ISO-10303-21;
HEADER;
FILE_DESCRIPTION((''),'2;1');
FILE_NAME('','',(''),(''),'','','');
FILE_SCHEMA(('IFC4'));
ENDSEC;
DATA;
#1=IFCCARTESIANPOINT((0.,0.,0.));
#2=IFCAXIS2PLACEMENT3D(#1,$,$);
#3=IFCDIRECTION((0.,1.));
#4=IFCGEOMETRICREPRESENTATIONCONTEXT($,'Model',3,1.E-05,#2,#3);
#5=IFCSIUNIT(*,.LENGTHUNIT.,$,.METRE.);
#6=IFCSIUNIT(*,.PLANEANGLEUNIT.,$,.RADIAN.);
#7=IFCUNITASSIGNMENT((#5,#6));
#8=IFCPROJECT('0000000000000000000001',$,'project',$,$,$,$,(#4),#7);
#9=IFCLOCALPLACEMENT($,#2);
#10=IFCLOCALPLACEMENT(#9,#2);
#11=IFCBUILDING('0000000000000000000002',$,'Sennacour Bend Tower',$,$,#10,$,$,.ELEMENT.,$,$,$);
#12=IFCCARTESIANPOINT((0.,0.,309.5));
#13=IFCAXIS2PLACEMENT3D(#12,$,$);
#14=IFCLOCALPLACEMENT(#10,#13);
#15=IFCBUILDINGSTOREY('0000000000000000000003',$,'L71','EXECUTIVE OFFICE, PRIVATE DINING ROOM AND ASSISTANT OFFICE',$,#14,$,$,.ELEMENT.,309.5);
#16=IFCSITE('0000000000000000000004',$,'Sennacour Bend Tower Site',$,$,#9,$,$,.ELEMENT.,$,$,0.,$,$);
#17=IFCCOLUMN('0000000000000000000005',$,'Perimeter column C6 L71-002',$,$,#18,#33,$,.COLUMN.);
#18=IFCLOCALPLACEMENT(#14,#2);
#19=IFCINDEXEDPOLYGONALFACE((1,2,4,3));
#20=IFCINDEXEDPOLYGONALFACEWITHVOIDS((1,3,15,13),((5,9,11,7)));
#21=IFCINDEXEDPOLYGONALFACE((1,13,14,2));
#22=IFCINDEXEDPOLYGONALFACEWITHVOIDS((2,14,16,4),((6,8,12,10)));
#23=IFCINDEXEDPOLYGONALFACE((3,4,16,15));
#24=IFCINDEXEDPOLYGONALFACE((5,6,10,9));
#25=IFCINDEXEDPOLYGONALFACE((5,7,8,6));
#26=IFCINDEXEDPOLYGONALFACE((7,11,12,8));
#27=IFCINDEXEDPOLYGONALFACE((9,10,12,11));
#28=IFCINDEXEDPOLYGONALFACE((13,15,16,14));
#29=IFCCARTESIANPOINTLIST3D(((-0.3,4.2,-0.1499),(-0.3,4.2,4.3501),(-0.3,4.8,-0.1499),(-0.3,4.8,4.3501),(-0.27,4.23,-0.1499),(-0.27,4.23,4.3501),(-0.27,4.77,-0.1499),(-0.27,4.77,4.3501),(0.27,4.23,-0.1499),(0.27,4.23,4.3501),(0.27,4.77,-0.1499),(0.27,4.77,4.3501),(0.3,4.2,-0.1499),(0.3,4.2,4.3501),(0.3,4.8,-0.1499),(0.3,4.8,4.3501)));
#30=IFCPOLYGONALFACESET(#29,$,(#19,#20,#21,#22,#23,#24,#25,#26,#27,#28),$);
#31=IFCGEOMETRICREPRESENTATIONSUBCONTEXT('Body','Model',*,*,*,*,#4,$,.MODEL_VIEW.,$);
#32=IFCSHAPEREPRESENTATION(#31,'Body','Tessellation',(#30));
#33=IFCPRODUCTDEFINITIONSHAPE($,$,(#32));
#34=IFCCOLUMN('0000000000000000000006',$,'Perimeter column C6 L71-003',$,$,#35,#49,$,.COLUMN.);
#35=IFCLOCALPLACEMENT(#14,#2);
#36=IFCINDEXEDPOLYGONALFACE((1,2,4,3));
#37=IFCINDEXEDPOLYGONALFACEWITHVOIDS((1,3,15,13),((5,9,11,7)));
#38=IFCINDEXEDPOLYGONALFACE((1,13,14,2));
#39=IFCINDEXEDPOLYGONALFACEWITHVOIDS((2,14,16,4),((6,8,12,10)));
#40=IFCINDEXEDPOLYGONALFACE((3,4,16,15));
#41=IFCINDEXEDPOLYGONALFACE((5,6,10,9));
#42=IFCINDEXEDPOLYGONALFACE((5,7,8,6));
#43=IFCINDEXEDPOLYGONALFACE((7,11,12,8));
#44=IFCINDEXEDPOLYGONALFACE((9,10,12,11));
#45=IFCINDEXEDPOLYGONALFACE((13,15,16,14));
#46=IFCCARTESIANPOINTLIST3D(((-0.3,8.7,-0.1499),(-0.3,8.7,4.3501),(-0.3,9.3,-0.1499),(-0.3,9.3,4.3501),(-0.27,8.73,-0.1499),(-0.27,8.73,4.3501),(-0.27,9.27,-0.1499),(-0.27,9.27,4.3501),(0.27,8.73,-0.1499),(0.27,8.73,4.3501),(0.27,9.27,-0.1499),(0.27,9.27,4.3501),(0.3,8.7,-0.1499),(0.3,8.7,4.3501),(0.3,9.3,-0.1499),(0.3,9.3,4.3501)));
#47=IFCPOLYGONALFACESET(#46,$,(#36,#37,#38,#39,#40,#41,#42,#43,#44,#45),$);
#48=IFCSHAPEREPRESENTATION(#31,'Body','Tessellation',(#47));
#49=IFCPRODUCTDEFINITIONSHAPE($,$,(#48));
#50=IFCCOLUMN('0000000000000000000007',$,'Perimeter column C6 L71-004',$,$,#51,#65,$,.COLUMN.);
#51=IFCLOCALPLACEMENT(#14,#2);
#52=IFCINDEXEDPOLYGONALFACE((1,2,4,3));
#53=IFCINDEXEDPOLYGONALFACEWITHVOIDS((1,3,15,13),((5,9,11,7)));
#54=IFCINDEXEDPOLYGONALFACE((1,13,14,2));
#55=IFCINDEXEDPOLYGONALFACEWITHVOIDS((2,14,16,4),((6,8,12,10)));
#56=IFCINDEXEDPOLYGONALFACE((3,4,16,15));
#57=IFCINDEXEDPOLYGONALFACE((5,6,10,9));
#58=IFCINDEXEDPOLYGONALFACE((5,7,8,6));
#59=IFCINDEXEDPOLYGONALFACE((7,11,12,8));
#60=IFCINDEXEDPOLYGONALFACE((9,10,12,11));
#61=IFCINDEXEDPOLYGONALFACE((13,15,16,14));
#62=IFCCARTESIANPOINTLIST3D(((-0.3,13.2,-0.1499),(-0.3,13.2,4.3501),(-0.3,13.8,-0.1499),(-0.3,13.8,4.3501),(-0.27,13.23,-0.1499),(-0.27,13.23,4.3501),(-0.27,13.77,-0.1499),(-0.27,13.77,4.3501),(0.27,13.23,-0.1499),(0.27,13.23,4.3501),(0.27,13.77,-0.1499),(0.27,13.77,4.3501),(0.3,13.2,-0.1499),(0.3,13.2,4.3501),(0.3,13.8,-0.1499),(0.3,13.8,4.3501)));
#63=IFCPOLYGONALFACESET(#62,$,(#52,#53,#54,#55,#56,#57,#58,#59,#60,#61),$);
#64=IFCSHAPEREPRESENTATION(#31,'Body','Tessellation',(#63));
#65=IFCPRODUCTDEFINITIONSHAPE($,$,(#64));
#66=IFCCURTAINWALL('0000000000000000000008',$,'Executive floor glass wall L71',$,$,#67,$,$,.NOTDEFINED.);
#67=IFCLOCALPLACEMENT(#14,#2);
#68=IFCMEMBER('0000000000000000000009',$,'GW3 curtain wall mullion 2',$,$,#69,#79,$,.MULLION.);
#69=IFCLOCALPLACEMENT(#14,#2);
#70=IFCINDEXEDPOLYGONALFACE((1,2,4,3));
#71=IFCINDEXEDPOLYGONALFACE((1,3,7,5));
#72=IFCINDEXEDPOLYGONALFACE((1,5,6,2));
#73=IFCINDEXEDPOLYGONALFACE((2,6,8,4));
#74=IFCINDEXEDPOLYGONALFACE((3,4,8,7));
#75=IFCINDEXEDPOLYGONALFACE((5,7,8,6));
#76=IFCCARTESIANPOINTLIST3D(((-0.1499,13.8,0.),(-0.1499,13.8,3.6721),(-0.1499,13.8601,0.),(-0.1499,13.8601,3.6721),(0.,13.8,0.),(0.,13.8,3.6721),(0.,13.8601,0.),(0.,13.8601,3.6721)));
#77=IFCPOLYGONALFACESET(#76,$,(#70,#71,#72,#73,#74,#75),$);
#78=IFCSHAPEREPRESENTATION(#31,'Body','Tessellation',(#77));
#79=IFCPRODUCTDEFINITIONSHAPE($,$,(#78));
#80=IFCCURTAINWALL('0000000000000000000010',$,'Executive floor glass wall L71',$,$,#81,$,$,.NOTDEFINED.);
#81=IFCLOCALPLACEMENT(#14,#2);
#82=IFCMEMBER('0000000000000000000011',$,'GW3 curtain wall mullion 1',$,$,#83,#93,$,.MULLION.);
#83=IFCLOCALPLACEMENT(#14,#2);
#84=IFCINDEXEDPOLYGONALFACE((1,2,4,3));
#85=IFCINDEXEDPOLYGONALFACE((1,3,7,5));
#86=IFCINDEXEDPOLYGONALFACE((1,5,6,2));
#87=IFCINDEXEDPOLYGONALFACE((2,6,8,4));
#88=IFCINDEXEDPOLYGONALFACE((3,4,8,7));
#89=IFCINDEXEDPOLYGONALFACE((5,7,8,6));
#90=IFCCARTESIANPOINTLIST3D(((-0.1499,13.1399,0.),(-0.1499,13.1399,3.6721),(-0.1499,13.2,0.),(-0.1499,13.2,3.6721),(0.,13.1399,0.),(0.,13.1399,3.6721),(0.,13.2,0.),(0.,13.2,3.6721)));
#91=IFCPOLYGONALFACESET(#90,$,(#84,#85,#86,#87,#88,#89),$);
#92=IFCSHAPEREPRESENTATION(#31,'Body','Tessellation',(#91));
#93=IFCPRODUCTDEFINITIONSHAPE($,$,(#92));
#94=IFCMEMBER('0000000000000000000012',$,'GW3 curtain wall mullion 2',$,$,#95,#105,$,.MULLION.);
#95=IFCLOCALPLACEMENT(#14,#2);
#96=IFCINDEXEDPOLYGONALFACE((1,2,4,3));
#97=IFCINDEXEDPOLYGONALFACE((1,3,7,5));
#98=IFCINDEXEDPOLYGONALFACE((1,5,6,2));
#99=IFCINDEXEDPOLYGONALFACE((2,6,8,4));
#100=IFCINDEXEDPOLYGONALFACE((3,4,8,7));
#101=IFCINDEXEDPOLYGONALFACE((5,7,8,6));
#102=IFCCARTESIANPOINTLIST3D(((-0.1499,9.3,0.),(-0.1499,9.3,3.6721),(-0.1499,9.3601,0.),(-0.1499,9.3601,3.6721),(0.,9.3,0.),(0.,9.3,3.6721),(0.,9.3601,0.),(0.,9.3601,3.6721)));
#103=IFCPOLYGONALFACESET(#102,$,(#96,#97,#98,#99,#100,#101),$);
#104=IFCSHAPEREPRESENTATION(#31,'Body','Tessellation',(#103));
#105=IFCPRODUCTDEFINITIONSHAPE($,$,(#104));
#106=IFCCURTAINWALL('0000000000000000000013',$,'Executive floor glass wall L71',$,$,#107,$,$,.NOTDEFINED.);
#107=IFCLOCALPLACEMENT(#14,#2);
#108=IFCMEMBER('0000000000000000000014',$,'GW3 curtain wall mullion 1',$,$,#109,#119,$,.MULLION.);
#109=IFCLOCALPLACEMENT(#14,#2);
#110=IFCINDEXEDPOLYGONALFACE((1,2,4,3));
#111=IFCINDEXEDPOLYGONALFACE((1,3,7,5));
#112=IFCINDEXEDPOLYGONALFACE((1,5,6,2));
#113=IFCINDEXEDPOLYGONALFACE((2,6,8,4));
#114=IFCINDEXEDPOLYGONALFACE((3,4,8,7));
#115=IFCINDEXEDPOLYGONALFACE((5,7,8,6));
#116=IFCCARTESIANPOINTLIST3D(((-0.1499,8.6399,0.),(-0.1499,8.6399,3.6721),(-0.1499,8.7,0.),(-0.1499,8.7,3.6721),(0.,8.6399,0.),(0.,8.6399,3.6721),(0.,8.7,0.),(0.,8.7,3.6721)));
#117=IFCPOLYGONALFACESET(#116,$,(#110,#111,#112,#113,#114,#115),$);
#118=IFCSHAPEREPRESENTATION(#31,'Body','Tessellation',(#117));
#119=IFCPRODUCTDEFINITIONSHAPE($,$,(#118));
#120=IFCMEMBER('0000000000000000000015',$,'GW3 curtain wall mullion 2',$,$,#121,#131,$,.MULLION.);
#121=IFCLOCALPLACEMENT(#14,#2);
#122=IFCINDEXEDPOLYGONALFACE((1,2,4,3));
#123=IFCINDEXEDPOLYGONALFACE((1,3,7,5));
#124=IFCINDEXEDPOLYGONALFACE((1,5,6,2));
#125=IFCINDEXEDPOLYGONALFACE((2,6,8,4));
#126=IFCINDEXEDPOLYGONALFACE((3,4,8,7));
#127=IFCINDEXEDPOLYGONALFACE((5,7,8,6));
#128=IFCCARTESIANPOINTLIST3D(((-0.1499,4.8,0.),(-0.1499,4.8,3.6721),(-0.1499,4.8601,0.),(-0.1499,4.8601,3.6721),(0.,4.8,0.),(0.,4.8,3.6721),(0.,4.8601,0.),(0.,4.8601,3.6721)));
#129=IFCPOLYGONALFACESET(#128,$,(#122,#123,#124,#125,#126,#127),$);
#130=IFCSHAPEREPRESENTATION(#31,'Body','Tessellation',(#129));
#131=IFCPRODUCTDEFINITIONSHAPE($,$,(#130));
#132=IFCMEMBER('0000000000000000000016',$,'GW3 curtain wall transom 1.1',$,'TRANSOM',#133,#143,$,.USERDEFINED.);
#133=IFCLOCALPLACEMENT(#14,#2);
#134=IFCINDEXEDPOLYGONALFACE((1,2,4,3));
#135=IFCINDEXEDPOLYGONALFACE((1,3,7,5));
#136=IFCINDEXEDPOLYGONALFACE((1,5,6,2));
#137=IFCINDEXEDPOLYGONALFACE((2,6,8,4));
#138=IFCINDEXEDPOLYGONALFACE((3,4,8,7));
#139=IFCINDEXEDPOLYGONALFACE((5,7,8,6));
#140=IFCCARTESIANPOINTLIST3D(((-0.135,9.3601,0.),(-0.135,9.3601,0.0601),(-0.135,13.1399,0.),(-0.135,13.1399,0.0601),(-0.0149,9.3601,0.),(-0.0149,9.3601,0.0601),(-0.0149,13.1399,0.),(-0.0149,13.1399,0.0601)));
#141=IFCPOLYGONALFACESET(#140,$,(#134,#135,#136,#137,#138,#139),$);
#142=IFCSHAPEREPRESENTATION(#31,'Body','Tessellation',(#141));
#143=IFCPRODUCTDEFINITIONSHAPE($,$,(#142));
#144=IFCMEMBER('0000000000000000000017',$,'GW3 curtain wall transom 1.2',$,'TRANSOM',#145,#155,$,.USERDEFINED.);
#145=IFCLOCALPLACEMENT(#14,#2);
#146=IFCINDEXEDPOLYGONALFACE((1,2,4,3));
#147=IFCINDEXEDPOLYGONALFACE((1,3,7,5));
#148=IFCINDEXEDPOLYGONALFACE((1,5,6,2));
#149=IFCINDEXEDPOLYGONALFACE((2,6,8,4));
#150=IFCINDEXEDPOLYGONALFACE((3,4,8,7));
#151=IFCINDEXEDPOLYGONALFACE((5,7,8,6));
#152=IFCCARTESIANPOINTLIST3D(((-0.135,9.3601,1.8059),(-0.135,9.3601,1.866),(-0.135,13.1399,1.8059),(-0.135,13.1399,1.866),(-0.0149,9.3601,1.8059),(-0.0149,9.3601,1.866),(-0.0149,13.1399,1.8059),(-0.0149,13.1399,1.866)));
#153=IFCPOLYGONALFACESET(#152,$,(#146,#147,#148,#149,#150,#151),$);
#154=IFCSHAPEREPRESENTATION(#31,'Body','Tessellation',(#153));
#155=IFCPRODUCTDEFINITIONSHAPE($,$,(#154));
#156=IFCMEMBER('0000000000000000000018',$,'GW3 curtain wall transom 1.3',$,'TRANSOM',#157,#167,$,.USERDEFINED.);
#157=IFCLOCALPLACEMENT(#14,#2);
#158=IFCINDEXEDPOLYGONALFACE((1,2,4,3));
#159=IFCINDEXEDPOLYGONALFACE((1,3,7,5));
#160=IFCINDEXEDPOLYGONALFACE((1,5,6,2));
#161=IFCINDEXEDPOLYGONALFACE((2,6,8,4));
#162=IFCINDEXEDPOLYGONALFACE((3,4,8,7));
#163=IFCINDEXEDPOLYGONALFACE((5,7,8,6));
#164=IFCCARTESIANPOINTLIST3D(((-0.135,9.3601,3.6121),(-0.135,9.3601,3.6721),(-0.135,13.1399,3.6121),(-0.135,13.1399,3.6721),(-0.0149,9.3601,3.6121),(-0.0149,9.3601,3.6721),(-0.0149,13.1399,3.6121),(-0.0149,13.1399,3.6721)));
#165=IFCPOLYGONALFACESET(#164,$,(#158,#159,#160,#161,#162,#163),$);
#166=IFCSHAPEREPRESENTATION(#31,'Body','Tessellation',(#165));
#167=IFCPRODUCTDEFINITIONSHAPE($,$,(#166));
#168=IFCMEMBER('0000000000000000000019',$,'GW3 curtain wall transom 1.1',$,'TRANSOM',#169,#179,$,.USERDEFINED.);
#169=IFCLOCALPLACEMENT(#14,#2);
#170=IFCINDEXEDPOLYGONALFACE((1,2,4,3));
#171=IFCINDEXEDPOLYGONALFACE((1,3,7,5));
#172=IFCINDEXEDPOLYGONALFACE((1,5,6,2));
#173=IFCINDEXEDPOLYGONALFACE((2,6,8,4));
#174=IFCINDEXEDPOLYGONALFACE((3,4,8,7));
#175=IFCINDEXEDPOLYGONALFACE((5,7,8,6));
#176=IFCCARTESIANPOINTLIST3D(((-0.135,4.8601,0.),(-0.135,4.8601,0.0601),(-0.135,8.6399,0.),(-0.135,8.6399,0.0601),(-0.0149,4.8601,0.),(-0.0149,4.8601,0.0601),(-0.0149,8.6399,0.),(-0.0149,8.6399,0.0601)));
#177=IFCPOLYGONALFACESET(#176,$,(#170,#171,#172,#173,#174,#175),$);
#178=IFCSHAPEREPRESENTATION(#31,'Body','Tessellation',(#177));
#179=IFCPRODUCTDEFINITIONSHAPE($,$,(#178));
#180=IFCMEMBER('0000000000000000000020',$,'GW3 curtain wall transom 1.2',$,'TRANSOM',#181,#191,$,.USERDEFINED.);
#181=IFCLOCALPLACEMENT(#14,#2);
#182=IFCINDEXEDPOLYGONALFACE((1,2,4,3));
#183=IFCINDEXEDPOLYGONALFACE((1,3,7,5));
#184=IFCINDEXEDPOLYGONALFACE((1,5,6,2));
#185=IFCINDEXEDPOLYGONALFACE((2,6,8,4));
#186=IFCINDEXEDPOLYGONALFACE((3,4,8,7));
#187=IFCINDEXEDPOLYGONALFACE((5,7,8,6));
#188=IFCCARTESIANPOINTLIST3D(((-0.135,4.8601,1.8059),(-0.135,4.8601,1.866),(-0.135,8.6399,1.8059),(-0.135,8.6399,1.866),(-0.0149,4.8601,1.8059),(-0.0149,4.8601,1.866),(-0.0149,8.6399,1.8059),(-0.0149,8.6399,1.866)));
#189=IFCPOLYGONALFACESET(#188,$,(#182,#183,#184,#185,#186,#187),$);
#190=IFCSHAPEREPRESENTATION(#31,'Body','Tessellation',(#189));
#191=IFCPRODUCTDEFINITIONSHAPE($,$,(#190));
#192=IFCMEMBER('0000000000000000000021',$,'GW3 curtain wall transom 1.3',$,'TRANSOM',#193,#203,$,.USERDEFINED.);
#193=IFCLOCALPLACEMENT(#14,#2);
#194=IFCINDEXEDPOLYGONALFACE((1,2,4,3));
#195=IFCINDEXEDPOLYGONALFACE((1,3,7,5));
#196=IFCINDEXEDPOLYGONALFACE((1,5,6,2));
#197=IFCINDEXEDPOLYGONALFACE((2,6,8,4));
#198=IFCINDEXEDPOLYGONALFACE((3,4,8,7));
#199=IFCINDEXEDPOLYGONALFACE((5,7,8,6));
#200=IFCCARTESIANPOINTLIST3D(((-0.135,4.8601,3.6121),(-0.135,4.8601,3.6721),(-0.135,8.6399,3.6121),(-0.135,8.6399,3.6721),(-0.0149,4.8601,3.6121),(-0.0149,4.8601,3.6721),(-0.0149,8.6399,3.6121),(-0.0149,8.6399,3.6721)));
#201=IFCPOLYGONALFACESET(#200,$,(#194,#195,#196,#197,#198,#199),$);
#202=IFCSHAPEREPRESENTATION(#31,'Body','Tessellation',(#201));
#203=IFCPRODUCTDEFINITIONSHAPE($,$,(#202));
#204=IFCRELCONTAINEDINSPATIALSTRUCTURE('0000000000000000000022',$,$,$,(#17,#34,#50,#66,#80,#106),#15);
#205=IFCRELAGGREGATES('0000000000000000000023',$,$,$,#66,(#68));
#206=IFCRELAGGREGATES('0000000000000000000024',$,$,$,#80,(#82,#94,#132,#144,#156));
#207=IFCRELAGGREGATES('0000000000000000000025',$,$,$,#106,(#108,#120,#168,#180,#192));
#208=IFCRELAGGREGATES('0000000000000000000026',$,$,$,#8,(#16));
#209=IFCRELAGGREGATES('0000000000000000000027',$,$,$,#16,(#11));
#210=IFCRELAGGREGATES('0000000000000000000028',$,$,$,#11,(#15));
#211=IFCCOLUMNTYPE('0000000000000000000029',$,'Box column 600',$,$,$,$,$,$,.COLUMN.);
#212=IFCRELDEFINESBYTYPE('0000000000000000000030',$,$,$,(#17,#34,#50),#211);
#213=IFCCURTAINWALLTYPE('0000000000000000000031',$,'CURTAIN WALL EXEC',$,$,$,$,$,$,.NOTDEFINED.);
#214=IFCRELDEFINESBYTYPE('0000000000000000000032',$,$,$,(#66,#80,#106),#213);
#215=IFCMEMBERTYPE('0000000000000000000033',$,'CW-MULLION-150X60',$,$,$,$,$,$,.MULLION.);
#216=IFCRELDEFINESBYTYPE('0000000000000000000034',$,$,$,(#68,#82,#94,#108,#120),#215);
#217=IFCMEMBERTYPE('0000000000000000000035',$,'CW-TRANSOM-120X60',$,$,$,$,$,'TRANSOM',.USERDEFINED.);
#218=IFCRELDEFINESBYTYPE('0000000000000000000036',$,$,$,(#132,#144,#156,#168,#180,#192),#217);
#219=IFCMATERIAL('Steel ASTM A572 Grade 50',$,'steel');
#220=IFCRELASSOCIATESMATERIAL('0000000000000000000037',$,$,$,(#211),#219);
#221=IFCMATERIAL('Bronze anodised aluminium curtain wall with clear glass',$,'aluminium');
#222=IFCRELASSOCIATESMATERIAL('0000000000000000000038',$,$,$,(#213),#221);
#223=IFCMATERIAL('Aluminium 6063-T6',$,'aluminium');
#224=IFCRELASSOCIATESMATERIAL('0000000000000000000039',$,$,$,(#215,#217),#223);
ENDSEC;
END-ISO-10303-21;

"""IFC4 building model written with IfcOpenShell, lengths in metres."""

from ifc_helpers import new_model, si_unit, direction, frame, origin, origin_2d, place, context, subcontext, project, spatial, rectangle, hollow_rectangle, extrude, material, material_profile, profile_set, type_object, element, aggregate, save


model = new_model("IFC4")

# Units and contexts
model_context = context("Model", 3, precision=1e-05, world=origin(), true_north=direction((0.0, 1.0)))
body_context = subcontext(model_context, "Body", "Model", "MODEL_VIEW")
ifc_project = project(units=[si_unit("LENGTHUNIT", "METRE"), si_unit("PLANEANGLEUNIT", "RADIAN")], contexts=[model_context])

# Site, building, storey
site_placement = place(None, origin())
site = spatial("IfcSite", under=ifc_project, at=site_placement, Name="Sennacour Bend Tower Site", CompositionType="ELEMENT", RefElevation=0.0)
building_placement = place(site_placement, origin())
building = spatial("IfcBuilding", under=site, at=building_placement, Name="Sennacour Bend Tower", CompositionType="ELEMENT")
storey_placement = place(building_placement, frame((0.0, 0.0, 309.5)))
storey = spatial("IfcBuildingStorey", under=building, at=storey_placement, Name="L71", Description="EXECUTIVE OFFICE, PRIVATE DINING ROOM AND ASSISTANT OFFICE", CompositionType="ELEMENT", Elevation=309.5)

# Columns
ifc_material_1 = material(Name="Steel ASTM A572 Grade 50", Category="steel")
ifc_material_profile_1 = material_profile(ifc_material_1, hollow_rectangle(XDim=0.6001, YDim=0.6001, WallThickness=0.03, at=origin_2d()), Name="Steel ASTM A572 Grade 50", Category="steel")
ifc_profile_set_1 = profile_set([ifc_material_profile_1], Name="Steel ASTM A572 Grade 50")
column_type = type_object("IfcColumnType", Name="Box column 600", PredefinedType="COLUMN", material=ifc_profile_set_1)
for number, where, z_axis, x_axis, name in (
    (1, (0.0, 4.5, -0.1499), (0.0, 0.0, 1.0), (1.0, 0.0, 0.0), "Perimeter column C6 L71-002"),
    (2, (0.0, 9.0, -0.1499), (0.0, 0.0, 1.0), (1.0, 0.0, 0.0), "Perimeter column C6 L71-003"),
    (3, (0.0, 13.5, -0.1499), (0.0, 0.0, 1.0), (1.0, 0.0, 0.0), "Perimeter column C6 L71-004"),
):
    element("IfcColumn", number, at=place(storey_placement, frame(where, z_axis=z_axis, x_axis=x_axis)), inside=storey, type_object=column_type, Name=name, PredefinedType="COLUMN", context=body_context, shape_type="SweptSolid", body=[
        extrude(hollow_rectangle(XDim=0.6001, YDim=0.6001, WallThickness=0.03, at=origin_2d()), origin(), (0.0, 0.0, 1.0), 4.5),
    ])

# Curtain wall, member
ifc_material_2 = material(Name="Bronze anodised aluminium curtain wall with clear glass", Category="aluminium")
curtain_wall_type = type_object("IfcCurtainWallType", Name="CURTAIN WALL EXEC", PredefinedType="NOTDEFINED", material=ifc_material_2)
curtain_wall_1_placement = place(storey_placement, origin())
curtain_wall_1 = element("IfcCurtainWall", 4, at=curtain_wall_1_placement, inside=storey, type_object=curtain_wall_type, Name="Executive floor glass wall L71", PredefinedType="NOTDEFINED")
ifc_material_3 = material(Name="Aluminium 6063-T6", Category="aluminium")
ifc_material_profile_2 = material_profile(ifc_material_3, rectangle(XDim=0.1499, YDim=0.0601, at=origin_2d()), Name="Aluminium 6063-T6", Category="aluminium")
ifc_profile_set_2 = profile_set([ifc_material_profile_2], Name="Aluminium 6063-T6")
member_type_1 = type_object("IfcMemberType", Name="CW-MULLION-150X60", PredefinedType="MULLION", material=ifc_profile_set_2)
member_1_placement = place(storey_placement, frame((-0.075, 13.8301, 0.0), z_axis=(0.0, 0.0, 1.0), x_axis=(1.0, 0.0, 0.0)))
member_1 = element("IfcMember", 5, at=member_1_placement, type_object=member_type_1, Name="GW3 curtain wall mullion 2", PredefinedType="MULLION", context=body_context, shape_type="SweptSolid", body=[
    extrude(rectangle(XDim=0.1499, YDim=0.0601, at=origin_2d()), origin(), (0.0, 0.0, 1.0), 3.6721),
])

# Curtain walls, members
curtain_wall_2_placement = place(storey_placement, origin())
curtain_wall_2 = element("IfcCurtainWall", 6, at=curtain_wall_2_placement, inside=storey, type_object=curtain_wall_type, Name="Executive floor glass wall L71", PredefinedType="NOTDEFINED")
member_2_placement = place(storey_placement, frame((-0.075, 13.1699, 0.0), z_axis=(0.0, 0.0, 1.0), x_axis=(1.0, 0.0, 0.0)))
member_2 = element("IfcMember", 7, at=member_2_placement, type_object=member_type_1, Name="GW3 curtain wall mullion 1", PredefinedType="MULLION", context=body_context, shape_type="SweptSolid", body=[
    extrude(rectangle(XDim=0.1499, YDim=0.0601, at=origin_2d()), origin(), (0.0, 0.0, 1.0), 3.6721),
])
member_3_placement = place(storey_placement, frame((-0.075, 9.3301, 0.0), z_axis=(0.0, 0.0, 1.0), x_axis=(1.0, 0.0, 0.0)))
member_3 = element("IfcMember", 8, at=member_3_placement, type_object=member_type_1, Name="GW3 curtain wall mullion 2", PredefinedType="MULLION", context=body_context, shape_type="SweptSolid", body=[
    extrude(rectangle(XDim=0.1499, YDim=0.0601, at=origin_2d()), origin(), (0.0, 0.0, 1.0), 3.6721),
])
curtain_wall_3_placement = place(storey_placement, origin())
curtain_wall_3 = element("IfcCurtainWall", 9, at=curtain_wall_3_placement, inside=storey, type_object=curtain_wall_type, Name="Executive floor glass wall L71", PredefinedType="NOTDEFINED")
member_4_placement = place(storey_placement, frame((-0.075, 8.6699, 0.0), z_axis=(0.0, 0.0, 1.0), x_axis=(1.0, 0.0, 0.0)))
member_4 = element("IfcMember", 10, at=member_4_placement, type_object=member_type_1, Name="GW3 curtain wall mullion 1", PredefinedType="MULLION", context=body_context, shape_type="SweptSolid", body=[
    extrude(rectangle(XDim=0.1499, YDim=0.0601, at=origin_2d()), origin(), (0.0, 0.0, 1.0), 3.6721),
])
member_5_placement = place(storey_placement, frame((-0.075, 4.8301, 0.0), z_axis=(0.0, 0.0, 1.0), x_axis=(1.0, 0.0, 0.0)))
member_5 = element("IfcMember", 11, at=member_5_placement, type_object=member_type_1, Name="GW3 curtain wall mullion 2", PredefinedType="MULLION", context=body_context, shape_type="SweptSolid", body=[
    extrude(rectangle(XDim=0.1499, YDim=0.0601, at=origin_2d()), origin(), (0.0, 0.0, 1.0), 3.6721),
])

# Members
ifc_material_profile_3 = material_profile(ifc_material_3, rectangle(XDim=0.1201, YDim=0.0601, at=origin_2d()), Name="Aluminium 6063-T6", Category="aluminium")
ifc_profile_set_3 = profile_set([ifc_material_profile_3], Name="Aluminium 6063-T6")
member_type_2 = type_object("IfcMemberType", Name="CW-TRANSOM-120X60", ElementType="TRANSOM", PredefinedType="USERDEFINED", material=ifc_profile_set_3)
member_6_placement = place(storey_placement, frame((-0.075, 13.1399, 0.03), z_axis=(0.0, -1.0, 0.0), x_axis=(1.0, 0.0, 0.0)))
member_6 = element("IfcMember", 12, at=member_6_placement, type_object=member_type_2, Name="GW3 curtain wall transom 1.1", ObjectType="TRANSOM", PredefinedType="USERDEFINED", context=body_context, shape_type="SweptSolid", body=[
    extrude(rectangle(XDim=0.1201, YDim=0.0601, at=origin_2d()), origin(), (0.0, 0.0, 1.0), 3.7798),
])
member_7_placement = place(storey_placement, frame((-0.075, 13.1399, 1.8359), z_axis=(0.0, -1.0, 0.0), x_axis=(1.0, 0.0, 0.0)))
member_7 = element("IfcMember", 13, at=member_7_placement, type_object=member_type_2, Name="GW3 curtain wall transom 1.2", ObjectType="TRANSOM", PredefinedType="USERDEFINED", context=body_context, shape_type="SweptSolid", body=[
    extrude(rectangle(XDim=0.1201, YDim=0.0601, at=origin_2d()), origin(), (0.0, 0.0, 1.0), 3.7798),
])
member_8_placement = place(storey_placement, frame((-0.075, 13.1399, 3.6421), z_axis=(0.0, -1.0, 0.0), x_axis=(1.0, 0.0, 0.0)))
member_8 = element("IfcMember", 14, at=member_8_placement, type_object=member_type_2, Name="GW3 curtain wall transom 1.3", ObjectType="TRANSOM", PredefinedType="USERDEFINED", context=body_context, shape_type="SweptSolid", body=[
    extrude(rectangle(XDim=0.1201, YDim=0.0601, at=origin_2d()), origin(), (0.0, 0.0, 1.0), 3.7798),
])
member_9_placement = place(storey_placement, frame((-0.075, 8.6399, 0.03), z_axis=(0.0, -1.0, 0.0), x_axis=(1.0, 0.0, 0.0)))
member_9 = element("IfcMember", 15, at=member_9_placement, type_object=member_type_2, Name="GW3 curtain wall transom 1.1", ObjectType="TRANSOM", PredefinedType="USERDEFINED", context=body_context, shape_type="SweptSolid", body=[
    extrude(rectangle(XDim=0.1201, YDim=0.0601, at=origin_2d()), origin(), (0.0, 0.0, 1.0), 3.7798),
])
member_10_placement = place(storey_placement, frame((-0.075, 8.6399, 1.8359), z_axis=(0.0, -1.0, 0.0), x_axis=(1.0, 0.0, 0.0)))
member_10 = element("IfcMember", 16, at=member_10_placement, type_object=member_type_2, Name="GW3 curtain wall transom 1.2", ObjectType="TRANSOM", PredefinedType="USERDEFINED", context=body_context, shape_type="SweptSolid", body=[
    extrude(rectangle(XDim=0.1201, YDim=0.0601, at=origin_2d()), origin(), (0.0, 0.0, 1.0), 3.7798),
])
member_11_placement = place(storey_placement, frame((-0.075, 8.6399, 3.6421), z_axis=(0.0, -1.0, 0.0), x_axis=(1.0, 0.0, 0.0)))
member_11 = element("IfcMember", 17, at=member_11_placement, type_object=member_type_2, Name="GW3 curtain wall transom 1.3", ObjectType="TRANSOM", PredefinedType="USERDEFINED", context=body_context, shape_type="SweptSolid", body=[
    extrude(rectangle(XDim=0.1201, YDim=0.0601, at=origin_2d()), origin(), (0.0, 0.0, 1.0), 3.7798),
])

aggregate(curtain_wall_1, [member_1])
aggregate(curtain_wall_2, [member_2, member_3, member_6, member_7, member_8])
aggregate(curtain_wall_3, [member_4, member_5, member_9, member_10, member_11])

save(model, "model.ifc")
